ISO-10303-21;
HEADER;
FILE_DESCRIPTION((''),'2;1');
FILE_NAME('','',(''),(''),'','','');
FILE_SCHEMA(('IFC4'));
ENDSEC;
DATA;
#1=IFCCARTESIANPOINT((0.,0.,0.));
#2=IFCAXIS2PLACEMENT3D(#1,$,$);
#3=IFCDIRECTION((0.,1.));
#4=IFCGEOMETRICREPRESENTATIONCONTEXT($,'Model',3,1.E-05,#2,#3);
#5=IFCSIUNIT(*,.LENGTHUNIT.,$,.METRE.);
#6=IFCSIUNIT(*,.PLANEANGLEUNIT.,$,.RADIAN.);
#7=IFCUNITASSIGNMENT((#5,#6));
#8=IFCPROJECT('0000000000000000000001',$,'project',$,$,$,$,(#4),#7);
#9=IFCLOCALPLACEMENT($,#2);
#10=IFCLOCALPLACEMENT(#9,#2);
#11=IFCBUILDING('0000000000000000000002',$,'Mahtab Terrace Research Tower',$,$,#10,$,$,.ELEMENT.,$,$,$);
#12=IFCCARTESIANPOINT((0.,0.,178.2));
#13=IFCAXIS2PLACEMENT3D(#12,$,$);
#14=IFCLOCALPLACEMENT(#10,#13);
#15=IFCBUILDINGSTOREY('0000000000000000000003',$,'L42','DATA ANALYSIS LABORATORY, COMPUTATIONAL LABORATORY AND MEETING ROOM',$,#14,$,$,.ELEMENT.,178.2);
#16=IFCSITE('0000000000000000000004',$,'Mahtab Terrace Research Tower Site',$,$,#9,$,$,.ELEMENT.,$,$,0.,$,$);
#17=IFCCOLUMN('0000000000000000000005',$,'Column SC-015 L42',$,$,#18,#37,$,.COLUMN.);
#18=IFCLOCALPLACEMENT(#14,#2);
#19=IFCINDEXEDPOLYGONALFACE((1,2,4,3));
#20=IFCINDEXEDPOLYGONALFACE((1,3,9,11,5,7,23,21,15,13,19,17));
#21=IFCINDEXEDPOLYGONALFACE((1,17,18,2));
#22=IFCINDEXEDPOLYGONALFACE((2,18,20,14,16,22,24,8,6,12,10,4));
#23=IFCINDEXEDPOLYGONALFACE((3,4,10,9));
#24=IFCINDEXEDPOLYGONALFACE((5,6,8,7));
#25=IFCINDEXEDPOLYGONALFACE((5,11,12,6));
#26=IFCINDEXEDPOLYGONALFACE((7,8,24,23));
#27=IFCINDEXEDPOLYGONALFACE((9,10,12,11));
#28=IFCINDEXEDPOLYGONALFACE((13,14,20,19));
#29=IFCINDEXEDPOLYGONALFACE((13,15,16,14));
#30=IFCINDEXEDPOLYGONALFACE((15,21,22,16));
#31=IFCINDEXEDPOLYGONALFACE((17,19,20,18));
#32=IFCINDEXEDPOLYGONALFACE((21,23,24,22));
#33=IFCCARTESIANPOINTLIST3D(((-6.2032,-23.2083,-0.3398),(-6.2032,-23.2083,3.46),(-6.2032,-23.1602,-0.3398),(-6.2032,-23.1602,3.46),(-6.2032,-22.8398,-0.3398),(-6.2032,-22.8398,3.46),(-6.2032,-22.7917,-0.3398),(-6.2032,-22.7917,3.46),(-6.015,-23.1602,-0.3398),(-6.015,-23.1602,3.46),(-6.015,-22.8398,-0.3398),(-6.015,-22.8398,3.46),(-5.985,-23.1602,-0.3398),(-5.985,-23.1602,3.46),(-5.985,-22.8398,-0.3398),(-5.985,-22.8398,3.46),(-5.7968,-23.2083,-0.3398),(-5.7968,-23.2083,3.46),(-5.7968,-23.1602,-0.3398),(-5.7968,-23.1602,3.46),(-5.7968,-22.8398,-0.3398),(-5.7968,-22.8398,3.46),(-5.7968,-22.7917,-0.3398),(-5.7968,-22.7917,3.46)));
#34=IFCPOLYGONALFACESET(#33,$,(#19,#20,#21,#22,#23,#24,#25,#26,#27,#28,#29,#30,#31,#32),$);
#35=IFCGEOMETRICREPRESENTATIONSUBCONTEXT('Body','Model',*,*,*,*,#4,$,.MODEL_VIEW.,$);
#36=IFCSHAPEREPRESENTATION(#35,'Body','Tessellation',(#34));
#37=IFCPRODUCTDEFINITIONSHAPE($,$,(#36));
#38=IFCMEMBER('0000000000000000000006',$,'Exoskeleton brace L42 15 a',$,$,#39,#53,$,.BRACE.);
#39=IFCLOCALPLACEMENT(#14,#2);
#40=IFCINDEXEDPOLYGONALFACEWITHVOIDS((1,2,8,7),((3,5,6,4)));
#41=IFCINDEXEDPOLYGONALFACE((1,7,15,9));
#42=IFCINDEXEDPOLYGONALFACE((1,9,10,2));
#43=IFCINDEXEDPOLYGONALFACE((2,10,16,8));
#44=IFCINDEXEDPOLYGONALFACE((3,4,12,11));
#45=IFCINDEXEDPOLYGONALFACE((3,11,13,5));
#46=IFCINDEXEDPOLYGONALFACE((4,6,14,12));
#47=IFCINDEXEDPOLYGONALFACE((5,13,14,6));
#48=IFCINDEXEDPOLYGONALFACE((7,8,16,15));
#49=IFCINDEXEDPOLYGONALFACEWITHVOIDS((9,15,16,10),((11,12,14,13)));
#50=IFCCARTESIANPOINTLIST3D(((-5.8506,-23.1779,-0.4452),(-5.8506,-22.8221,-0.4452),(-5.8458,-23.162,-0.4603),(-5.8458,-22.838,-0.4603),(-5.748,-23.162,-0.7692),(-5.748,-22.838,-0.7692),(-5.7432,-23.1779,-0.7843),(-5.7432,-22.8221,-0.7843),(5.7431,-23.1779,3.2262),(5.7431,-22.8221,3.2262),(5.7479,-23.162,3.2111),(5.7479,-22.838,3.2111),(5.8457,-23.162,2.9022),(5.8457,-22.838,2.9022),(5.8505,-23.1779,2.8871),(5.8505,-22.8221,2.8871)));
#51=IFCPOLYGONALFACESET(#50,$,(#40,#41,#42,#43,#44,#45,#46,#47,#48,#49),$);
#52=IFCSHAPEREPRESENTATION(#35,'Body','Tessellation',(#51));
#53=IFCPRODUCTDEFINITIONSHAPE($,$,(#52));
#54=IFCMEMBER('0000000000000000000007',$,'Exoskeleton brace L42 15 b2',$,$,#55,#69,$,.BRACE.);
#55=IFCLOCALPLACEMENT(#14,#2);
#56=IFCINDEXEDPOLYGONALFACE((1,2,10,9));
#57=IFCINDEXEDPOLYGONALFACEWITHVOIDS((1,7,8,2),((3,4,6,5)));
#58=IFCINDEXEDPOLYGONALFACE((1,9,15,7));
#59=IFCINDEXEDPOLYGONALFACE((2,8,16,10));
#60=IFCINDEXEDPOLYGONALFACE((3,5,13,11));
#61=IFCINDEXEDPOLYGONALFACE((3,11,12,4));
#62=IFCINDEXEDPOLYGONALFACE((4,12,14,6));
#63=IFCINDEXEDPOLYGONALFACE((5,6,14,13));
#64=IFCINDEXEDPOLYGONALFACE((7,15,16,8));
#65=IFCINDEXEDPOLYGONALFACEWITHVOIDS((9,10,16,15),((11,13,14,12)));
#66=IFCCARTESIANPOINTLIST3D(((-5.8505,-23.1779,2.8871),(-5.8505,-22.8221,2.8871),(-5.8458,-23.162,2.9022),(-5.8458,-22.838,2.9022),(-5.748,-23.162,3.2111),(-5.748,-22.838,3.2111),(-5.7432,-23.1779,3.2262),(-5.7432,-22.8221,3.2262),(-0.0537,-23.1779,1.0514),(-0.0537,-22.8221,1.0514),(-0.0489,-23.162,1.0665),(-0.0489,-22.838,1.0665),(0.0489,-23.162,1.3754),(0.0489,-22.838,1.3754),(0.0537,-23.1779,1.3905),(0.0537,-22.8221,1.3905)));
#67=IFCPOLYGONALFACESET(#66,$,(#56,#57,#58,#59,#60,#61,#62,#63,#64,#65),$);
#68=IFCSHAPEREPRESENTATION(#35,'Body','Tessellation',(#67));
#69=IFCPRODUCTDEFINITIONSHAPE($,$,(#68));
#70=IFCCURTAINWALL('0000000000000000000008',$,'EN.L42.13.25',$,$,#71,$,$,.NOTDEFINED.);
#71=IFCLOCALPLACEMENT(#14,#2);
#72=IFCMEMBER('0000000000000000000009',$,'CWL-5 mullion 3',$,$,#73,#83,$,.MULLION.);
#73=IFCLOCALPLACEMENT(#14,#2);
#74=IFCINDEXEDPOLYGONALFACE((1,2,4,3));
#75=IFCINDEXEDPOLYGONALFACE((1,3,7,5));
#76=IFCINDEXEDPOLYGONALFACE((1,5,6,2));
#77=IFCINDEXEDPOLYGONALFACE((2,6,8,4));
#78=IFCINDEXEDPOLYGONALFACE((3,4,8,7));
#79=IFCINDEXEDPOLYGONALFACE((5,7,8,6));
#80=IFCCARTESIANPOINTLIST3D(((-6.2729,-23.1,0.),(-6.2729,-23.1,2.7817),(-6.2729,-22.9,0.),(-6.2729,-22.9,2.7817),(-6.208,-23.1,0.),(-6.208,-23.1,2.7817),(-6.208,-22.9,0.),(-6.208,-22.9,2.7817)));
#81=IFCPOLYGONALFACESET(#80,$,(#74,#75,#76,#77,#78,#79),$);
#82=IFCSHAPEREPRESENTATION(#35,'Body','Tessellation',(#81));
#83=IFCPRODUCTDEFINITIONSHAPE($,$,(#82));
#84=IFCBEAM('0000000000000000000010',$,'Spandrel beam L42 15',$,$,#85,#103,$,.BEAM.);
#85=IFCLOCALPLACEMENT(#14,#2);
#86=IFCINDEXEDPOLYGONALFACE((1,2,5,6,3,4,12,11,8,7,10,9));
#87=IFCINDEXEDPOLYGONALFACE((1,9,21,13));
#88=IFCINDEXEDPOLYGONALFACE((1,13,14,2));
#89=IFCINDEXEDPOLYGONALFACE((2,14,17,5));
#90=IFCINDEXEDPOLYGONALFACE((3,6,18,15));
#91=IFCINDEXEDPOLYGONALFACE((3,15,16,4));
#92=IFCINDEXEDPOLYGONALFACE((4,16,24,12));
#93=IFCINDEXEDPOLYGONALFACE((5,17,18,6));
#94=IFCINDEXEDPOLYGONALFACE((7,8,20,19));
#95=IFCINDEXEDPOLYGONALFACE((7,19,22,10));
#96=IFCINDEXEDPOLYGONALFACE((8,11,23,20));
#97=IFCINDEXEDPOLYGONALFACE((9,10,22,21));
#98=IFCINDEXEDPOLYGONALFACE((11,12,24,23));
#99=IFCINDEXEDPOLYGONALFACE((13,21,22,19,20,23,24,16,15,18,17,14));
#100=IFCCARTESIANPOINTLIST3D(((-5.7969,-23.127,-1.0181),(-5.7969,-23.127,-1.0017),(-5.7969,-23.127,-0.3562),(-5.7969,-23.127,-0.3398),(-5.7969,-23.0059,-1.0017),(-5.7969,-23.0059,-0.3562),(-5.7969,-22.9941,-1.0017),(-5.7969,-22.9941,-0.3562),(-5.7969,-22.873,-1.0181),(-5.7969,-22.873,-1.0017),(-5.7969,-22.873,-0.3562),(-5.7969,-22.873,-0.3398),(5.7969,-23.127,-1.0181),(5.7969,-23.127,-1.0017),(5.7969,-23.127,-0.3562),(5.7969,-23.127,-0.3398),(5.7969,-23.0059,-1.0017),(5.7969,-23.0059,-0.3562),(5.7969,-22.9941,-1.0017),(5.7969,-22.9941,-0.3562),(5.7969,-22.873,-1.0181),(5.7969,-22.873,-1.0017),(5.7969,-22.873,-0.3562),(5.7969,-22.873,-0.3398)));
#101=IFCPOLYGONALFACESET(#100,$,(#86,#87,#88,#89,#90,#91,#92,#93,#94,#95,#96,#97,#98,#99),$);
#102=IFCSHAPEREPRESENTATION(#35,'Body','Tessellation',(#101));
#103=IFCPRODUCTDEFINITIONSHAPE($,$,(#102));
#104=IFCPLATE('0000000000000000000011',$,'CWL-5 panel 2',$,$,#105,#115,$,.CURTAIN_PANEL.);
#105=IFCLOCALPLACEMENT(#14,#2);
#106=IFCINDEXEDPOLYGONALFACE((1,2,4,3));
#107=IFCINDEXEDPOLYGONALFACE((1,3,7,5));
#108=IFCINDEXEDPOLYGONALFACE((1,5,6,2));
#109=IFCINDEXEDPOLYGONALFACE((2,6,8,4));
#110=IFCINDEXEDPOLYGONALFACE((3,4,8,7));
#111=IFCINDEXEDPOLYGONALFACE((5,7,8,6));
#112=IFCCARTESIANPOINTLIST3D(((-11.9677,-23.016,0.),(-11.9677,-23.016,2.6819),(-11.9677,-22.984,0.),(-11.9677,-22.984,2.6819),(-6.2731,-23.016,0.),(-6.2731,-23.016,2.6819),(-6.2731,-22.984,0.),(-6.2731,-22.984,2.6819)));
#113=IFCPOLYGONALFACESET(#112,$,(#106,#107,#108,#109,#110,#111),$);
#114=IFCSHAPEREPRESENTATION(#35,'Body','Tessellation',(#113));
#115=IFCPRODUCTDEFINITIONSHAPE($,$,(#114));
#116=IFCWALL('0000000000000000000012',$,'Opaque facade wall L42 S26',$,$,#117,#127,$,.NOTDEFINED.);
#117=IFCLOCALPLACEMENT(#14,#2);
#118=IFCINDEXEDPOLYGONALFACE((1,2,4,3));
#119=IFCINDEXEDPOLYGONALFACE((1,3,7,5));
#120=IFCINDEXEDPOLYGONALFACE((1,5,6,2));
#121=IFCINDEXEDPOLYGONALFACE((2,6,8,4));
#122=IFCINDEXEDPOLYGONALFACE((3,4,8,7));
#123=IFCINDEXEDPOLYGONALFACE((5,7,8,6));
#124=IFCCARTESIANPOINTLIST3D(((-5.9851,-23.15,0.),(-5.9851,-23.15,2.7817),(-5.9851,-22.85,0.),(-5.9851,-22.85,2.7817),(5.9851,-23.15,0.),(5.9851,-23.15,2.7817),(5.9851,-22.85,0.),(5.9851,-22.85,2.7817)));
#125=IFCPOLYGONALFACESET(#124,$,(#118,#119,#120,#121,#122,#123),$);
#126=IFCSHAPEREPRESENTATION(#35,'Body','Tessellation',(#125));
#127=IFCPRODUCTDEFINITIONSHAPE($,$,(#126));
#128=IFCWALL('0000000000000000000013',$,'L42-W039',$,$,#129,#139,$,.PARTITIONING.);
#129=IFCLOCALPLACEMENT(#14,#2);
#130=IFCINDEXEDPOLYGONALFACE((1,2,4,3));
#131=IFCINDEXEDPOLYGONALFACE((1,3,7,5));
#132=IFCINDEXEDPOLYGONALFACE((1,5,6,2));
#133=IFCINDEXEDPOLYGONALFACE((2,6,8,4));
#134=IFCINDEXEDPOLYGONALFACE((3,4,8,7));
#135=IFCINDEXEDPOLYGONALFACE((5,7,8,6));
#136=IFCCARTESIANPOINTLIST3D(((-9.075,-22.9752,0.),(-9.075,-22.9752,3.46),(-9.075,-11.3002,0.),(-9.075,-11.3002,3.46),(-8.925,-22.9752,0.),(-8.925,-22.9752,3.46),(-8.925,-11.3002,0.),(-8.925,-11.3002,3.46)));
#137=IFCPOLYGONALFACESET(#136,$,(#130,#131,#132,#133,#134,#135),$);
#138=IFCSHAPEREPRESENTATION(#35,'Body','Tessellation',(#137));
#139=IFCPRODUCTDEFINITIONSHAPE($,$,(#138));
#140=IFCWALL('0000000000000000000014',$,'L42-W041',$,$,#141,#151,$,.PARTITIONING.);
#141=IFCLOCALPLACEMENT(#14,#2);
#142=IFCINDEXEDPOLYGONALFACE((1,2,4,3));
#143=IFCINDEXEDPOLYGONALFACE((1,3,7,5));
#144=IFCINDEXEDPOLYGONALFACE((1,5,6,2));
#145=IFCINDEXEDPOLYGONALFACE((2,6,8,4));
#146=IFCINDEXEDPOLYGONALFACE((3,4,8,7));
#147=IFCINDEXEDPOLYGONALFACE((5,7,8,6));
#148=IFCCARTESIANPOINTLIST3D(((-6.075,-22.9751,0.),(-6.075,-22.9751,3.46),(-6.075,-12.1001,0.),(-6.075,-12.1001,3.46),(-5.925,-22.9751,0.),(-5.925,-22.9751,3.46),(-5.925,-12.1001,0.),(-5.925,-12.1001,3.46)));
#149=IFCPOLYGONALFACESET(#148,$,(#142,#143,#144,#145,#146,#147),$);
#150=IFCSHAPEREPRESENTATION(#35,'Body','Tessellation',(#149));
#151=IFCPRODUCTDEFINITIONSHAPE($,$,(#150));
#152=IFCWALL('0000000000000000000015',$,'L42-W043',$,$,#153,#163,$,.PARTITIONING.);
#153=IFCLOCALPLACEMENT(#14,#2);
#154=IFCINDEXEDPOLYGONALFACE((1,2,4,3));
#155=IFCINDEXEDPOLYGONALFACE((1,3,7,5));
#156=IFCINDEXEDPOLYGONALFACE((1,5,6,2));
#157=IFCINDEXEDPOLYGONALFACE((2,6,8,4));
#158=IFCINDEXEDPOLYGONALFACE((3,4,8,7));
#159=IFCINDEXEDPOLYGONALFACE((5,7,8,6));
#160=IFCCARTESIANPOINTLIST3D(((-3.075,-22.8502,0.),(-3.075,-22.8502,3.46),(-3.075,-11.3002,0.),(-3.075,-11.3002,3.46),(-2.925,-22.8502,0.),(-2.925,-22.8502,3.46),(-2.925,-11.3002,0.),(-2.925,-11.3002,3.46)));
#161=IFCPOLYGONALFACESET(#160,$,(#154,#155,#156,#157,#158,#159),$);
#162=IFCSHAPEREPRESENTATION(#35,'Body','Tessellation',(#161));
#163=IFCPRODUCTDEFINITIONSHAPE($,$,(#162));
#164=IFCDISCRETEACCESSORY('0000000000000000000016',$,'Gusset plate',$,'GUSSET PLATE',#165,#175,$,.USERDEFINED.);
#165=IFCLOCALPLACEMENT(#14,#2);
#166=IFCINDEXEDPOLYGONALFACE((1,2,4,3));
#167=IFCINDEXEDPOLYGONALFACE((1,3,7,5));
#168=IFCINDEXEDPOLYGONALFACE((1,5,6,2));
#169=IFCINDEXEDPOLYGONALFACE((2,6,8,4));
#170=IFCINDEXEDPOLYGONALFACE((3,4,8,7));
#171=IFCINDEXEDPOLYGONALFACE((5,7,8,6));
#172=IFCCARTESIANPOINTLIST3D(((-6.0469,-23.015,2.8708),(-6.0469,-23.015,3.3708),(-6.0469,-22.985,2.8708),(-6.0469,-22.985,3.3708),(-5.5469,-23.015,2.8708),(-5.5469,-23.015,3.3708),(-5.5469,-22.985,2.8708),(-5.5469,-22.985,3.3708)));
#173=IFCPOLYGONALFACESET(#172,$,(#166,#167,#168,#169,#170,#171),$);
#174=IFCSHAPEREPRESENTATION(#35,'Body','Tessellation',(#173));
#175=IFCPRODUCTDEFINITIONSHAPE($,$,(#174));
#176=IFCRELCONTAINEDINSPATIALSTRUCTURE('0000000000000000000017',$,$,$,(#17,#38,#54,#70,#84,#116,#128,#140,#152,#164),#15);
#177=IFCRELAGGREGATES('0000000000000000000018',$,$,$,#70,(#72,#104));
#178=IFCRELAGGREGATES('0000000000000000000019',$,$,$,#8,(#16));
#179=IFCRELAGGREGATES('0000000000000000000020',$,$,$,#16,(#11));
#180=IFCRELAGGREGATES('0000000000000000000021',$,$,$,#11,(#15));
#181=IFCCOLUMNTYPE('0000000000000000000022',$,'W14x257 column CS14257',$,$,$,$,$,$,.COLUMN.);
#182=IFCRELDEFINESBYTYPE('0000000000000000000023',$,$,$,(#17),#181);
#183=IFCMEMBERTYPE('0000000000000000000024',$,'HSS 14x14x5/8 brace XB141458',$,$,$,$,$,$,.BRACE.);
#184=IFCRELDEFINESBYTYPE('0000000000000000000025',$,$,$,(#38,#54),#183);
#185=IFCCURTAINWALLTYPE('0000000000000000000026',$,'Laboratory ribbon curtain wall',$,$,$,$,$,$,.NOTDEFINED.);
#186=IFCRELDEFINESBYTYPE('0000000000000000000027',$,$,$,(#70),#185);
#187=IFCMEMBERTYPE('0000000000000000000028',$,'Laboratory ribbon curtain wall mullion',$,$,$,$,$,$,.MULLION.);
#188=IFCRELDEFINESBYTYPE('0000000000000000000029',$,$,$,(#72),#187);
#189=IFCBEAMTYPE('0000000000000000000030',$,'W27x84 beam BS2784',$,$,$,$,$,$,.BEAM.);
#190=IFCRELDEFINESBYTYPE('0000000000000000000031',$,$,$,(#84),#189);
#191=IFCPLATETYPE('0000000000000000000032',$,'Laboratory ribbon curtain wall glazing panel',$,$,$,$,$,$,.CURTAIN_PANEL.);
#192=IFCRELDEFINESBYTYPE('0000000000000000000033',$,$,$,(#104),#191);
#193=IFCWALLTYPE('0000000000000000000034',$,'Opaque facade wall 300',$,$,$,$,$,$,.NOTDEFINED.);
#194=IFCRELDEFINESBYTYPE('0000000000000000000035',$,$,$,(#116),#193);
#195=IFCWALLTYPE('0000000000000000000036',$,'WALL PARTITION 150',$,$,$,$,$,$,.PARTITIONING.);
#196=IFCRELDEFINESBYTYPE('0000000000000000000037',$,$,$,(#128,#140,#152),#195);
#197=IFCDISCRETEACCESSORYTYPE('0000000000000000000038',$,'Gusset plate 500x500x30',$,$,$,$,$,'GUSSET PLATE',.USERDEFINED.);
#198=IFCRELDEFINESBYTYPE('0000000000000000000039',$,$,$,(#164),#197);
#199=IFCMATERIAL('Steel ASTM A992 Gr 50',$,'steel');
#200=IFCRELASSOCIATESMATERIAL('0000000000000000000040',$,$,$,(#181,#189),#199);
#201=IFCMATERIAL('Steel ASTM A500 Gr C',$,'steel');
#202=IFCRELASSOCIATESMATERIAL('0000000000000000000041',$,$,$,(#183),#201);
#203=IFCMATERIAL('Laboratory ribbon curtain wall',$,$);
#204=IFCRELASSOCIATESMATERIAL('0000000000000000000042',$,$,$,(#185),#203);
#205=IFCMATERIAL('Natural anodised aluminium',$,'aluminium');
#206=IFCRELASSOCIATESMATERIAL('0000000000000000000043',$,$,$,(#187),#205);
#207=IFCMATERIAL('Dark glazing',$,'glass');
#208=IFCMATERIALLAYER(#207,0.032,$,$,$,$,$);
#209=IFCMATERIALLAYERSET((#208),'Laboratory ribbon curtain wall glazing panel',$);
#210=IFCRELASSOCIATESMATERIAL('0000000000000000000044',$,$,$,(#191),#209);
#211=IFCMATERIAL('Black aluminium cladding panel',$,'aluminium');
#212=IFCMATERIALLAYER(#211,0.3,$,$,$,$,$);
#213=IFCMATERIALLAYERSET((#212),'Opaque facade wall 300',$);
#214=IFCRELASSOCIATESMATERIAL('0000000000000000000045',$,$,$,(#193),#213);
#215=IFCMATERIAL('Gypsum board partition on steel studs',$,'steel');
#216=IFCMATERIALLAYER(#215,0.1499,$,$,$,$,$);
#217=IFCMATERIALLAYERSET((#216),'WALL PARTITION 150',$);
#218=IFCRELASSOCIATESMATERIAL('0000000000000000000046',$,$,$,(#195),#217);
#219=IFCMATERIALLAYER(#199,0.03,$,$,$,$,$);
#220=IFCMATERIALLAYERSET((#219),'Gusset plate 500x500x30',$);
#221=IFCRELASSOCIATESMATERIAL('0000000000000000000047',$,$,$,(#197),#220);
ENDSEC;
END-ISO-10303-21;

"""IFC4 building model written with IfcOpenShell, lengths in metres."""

from ifc_helpers import new_model, si_unit, direction, frame, frame_2d, origin, origin_2d, place, context, subcontext, project, spatial, rectangle, hollow_rectangle, i_section, extrude, material, layer, layer_set, material_profile, profile_set, type_object, element, aggregate, save


model = new_model("IFC4")

# Units and contexts
model_context = context("Model", 3, precision=1e-05, world=origin(), true_north=direction((0.0, 1.0)))
body_context = subcontext(model_context, "Body", "Model", "MODEL_VIEW")
ifc_project = project(units=[si_unit("LENGTHUNIT", "METRE"), si_unit("PLANEANGLEUNIT", "RADIAN")], contexts=[model_context])

# Site, building, storey
site_placement = place(None, origin())
site = spatial("IfcSite", under=ifc_project, at=site_placement, Name="Mahtab Terrace Research Tower Site", CompositionType="ELEMENT", RefElevation=0.0)
building_placement = place(site_placement, origin())
building = spatial("IfcBuilding", under=site, at=building_placement, Name="Mahtab Terrace Research Tower", CompositionType="ELEMENT")
storey_placement = place(building_placement, frame((0.0, 0.0, 178.2)))
storey = spatial("IfcBuildingStorey", under=building, at=storey_placement, Name="L42", Description="DATA ANALYSIS LABORATORY, COMPUTATIONAL LABORATORY AND MEETING ROOM", CompositionType="ELEMENT", Elevation=178.2)

# Column
ifc_material_1 = material(Name="Steel ASTM A992 Gr 50", Category="steel")
ifc_material_profile_1 = material_profile(ifc_material_1, i_section(OverallWidth=0.4065, OverallDepth=0.4165, WebThickness=0.03, FlangeThickness=0.0481, at=origin_2d()), Name="W14X257")
ifc_profile_set_1 = profile_set([ifc_material_profile_1], Name="Steel ASTM A992 Gr 50")
column_type = type_object("IfcColumnType", Name="W14x257 column CS14257", PredefinedType="COLUMN", material=ifc_profile_set_1)
column_placement = place(storey_placement, frame((-6.0, -23.0, -0.3398), z_axis=(0.0, 0.0, 1.0), x_axis=(1.0, 0.0, 0.0)))
element("IfcColumn", 1, at=column_placement, inside=storey, type_object=column_type, Name="Column SC-015 L42", PredefinedType="COLUMN", context=body_context, shape_type="SweptSolid", body=[
    extrude(i_section(OverallWidth=0.4065, OverallDepth=0.4165, WebThickness=0.03, FlangeThickness=0.0481, at=origin_2d()), origin(), (0.0, 0.0, 1.0), 3.7998),
])

# Members
ifc_material_2 = material(Name="Steel ASTM A500 Gr C", Category="steel")
ifc_material_profile_2 = material_profile(ifc_material_2, hollow_rectangle(XDim=0.3557, YDim=0.3557, WallThickness=0.0159, at=origin_2d()), Name="HSS14X14X5/8")
ifc_profile_set_2 = profile_set([ifc_material_profile_2], Name="Steel ASTM A500 Gr C")
member_type_1 = type_object("IfcMemberType", Name="HSS 14x14x5/8 brace XB141458", PredefinedType="BRACE", material=ifc_profile_set_2)
member_1_placement = place(storey_placement, frame((-5.7969, -23.0, -0.6147), z_axis=(0.953341, 0.0, 0.301894), x_axis=(0.0, 1.0, 0.0)))
element("IfcMember", 2, at=member_1_placement, inside=storey, type_object=member_type_1, Name="Exoskeleton brace L42 15 a", PredefinedType="BRACE", context=body_context, shape_type="SweptSolid", body=[
    extrude(hollow_rectangle(XDim=0.3557, YDim=0.3557, WallThickness=0.0159, at=origin_2d()), origin(), (0.0, 0.0, 1.0), 12.1611),
])
member_2_placement = place(storey_placement, frame((0.0, -23.0, 1.2209), z_axis=(-0.953341, 0.0, 0.301894), x_axis=(0.0, -1.0, 0.0)))
element("IfcMember", 3, at=member_2_placement, inside=storey, type_object=member_type_1, Name="Exoskeleton brace L42 15 b2", PredefinedType="BRACE", context=body_context, shape_type="SweptSolid", body=[
    extrude(hollow_rectangle(XDim=0.3557, YDim=0.3557, WallThickness=0.0159, at=origin_2d()), origin(), (0.0, 0.0, 1.0), 6.0806),
])

# Curtain wall, member
ifc_material_3 = material(Name="Laboratory ribbon curtain wall")
curtain_wall_type = type_object("IfcCurtainWallType", Name="Laboratory ribbon curtain wall", PredefinedType="NOTDEFINED", material=ifc_material_3)
curtain_wall_placement = place(storey_placement, origin())
curtain_wall = element("IfcCurtainWall", 4, at=curtain_wall_placement, inside=storey, type_object=curtain_wall_type, Name="EN.L42.13.25", PredefinedType="NOTDEFINED")
ifc_material_4 = material(Name="Natural anodised aluminium", Category="aluminium")
ifc_material_profile_3 = material_profile(ifc_material_4, rectangle(XDim=0.2, YDim=0.0649, at=origin_2d()), Name="MULLION 65x200")
ifc_profile_set_3 = profile_set([ifc_material_profile_3], Name="Natural anodised aluminium")
member_type_2 = type_object("IfcMemberType", Name="Laboratory ribbon curtain wall mullion", PredefinedType="MULLION", material=ifc_profile_set_3)
member_3_placement = place(storey_placement, frame((-6.2405, -23.0, 0.0), z_axis=(0.0, 0.0, 1.0), x_axis=(0.0, 1.0, 0.0)))
member_3 = element("IfcMember", 5, at=member_3_placement, type_object=member_type_2, Name="CWL-5 mullion 3", PredefinedType="MULLION", context=body_context, shape_type="SweptSolid", body=[
    extrude(rectangle(XDim=0.2, YDim=0.0649, at=origin_2d()), origin(), (0.0, 0.0, 1.0), 2.7817),
])

# Beam
ifc_material_profile_4 = material_profile(ifc_material_1, i_section(OverallWidth=0.2539, OverallDepth=0.6782, WebThickness=0.0117, FlangeThickness=0.0164, at=origin_2d()), Name="W27X84")
ifc_profile_set_4 = profile_set([ifc_material_profile_4], Name="Steel ASTM A992 Gr 50")
beam_type = type_object("IfcBeamType", Name="W27x84 beam BS2784", PredefinedType="BEAM", material=ifc_profile_set_4)
beam_placement = place(storey_placement, frame((-5.7969, -23.0, -0.679), z_axis=(1.0, 0.0, 0.0), x_axis=(0.0, 1.0, 0.0)))
element("IfcBeam", 6, at=beam_placement, inside=storey, type_object=beam_type, Name="Spandrel beam L42 15", PredefinedType="BEAM", context=body_context, shape_type="SweptSolid", body=[
    extrude(i_section(OverallWidth=0.2539, OverallDepth=0.6782, WebThickness=0.0117, FlangeThickness=0.0164, at=origin_2d()), origin(), (0.0, 0.0, 1.0), 11.5938),
])

# Plate
ifc_material_5 = material(Name="Dark glazing", Category="glass")
ifc_layer_1 = layer(ifc_material_5, 0.032)
ifc_layer_set_1 = layer_set([ifc_layer_1], Name="Laboratory ribbon curtain wall glazing panel")
plate_type = type_object("IfcPlateType", Name="Laboratory ribbon curtain wall glazing panel", PredefinedType="CURTAIN_PANEL", material=ifc_layer_set_1)
plate_placement = place(storey_placement, frame((-9.1204, -23.0, 0.0), z_axis=(0.0, 0.0, 1.0), x_axis=(1.0, 0.0, 0.0)))
plate = element("IfcPlate", 7, at=plate_placement, type_object=plate_type, Name="CWL-5 panel 2", PredefinedType="CURTAIN_PANEL", context=body_context, shape_type="SweptSolid", body=[
    extrude(rectangle(XDim=5.6946, YDim=0.032, at=origin_2d()), origin(), (0.0, 0.0, 1.0), 2.6819),
])
aggregate(curtain_wall, [member_3, plate])

# Walls
ifc_material_6 = material(Name="Black aluminium cladding panel", Category="aluminium")
ifc_layer_2 = layer(ifc_material_6, 0.3)
ifc_layer_set_2 = layer_set([ifc_layer_2], Name="Opaque facade wall 300")
wall_type_1 = type_object("IfcWallType", Name="Opaque facade wall 300", PredefinedType="NOTDEFINED", material=ifc_layer_set_2)
wall_1_placement = place(storey_placement, frame((-5.9851, -23.0, 0.0), z_axis=(0.0, 0.0, 1.0), x_axis=(1.0, 0.0, 0.0)))
element("IfcWall", 8, at=wall_1_placement, inside=storey, type_object=wall_type_1, Name="Opaque facade wall L42 S26", PredefinedType="NOTDEFINED", context=body_context, shape_type="SweptSolid", body=[
    extrude(rectangle(XDim=11.9702, YDim=0.3, at=frame_2d((5.9851, 0.0))), origin(), (0.0, 0.0, 1.0), 2.7817),
])
ifc_material_7 = material(Name="Gypsum board partition on steel studs", Category="steel")
ifc_layer_3 = layer(ifc_material_7, 0.1499)
ifc_layer_set_3 = layer_set([ifc_layer_3], Name="WALL PARTITION 150")
wall_type_2 = type_object("IfcWallType", Name="WALL PARTITION 150", PredefinedType="PARTITIONING", material=ifc_layer_set_3)
wall_2_placement = place(storey_placement, frame((-9.0, -22.9751, 0.0), z_axis=(0.0, 0.0, 1.0), x_axis=(0.0, 1.0, 0.0)))
element("IfcWall", 9, at=wall_2_placement, inside=storey, type_object=wall_type_2, Name="L42-W039", PredefinedType="PARTITIONING", context=body_context, shape_type="SweptSolid", body=[
    extrude(rectangle(XDim=11.675, YDim=0.1499, at=frame_2d((5.8374, 0.0))), origin(), (0.0, 0.0, 1.0), 3.46),
])
wall_3_placement = place(storey_placement, frame((-6.0, -22.9751, 0.0), z_axis=(0.0, 0.0, 1.0), x_axis=(0.0, 1.0, 0.0)))
element("IfcWall", 10, at=wall_3_placement, inside=storey, type_object=wall_type_2, Name="L42-W041", PredefinedType="PARTITIONING", context=body_context, shape_type="SweptSolid", body=[
    extrude(rectangle(XDim=10.875, YDim=0.1499, at=frame_2d((5.4375, 0.0))), origin(), (0.0, 0.0, 1.0), 3.46),
])
wall_4_placement = place(storey_placement, frame((-3.0, -22.8501, 0.0), z_axis=(0.0, 0.0, 1.0), x_axis=(0.0, 1.0, 0.0)))
element("IfcWall", 11, at=wall_4_placement, inside=storey, type_object=wall_type_2, Name="L42-W043", PredefinedType="PARTITIONING", context=body_context, shape_type="SweptSolid", body=[
    extrude(rectangle(XDim=11.55, YDim=0.1499, at=frame_2d((5.7749, 0.0))), origin(), (0.0, 0.0, 1.0), 3.46),
])

# Discrete accessory
ifc_layer_4 = layer(ifc_material_1, 0.03)
ifc_layer_set_4 = layer_set([ifc_layer_4], Name="Gusset plate 500x500x30")
discrete_accessory_type = type_object("IfcDiscreteAccessoryType", Name="Gusset plate 500x500x30", ElementType="GUSSET PLATE", PredefinedType="USERDEFINED", material=ifc_layer_set_4)
for number, where, z_axis, x_axis, name in (
    (12, (-5.7969, -23.0, 2.8708), (0.0, 0.0, 1.0), (1.0, 0.0, 0.0), "Gusset plate"),
):
    element("IfcDiscreteAccessory", number, at=place(storey_placement, frame(where, z_axis=z_axis, x_axis=x_axis)), inside=storey, type_object=discrete_accessory_type, Name=name, ObjectType="GUSSET PLATE", PredefinedType="USERDEFINED", context=body_context, shape_type="SweptSolid", body=[
        extrude(rectangle(XDim=0.5, YDim=0.03, at=origin_2d()), origin(), (0.0, 0.0, 1.0), 0.5),
    ])

save(model, "model.ifc")
